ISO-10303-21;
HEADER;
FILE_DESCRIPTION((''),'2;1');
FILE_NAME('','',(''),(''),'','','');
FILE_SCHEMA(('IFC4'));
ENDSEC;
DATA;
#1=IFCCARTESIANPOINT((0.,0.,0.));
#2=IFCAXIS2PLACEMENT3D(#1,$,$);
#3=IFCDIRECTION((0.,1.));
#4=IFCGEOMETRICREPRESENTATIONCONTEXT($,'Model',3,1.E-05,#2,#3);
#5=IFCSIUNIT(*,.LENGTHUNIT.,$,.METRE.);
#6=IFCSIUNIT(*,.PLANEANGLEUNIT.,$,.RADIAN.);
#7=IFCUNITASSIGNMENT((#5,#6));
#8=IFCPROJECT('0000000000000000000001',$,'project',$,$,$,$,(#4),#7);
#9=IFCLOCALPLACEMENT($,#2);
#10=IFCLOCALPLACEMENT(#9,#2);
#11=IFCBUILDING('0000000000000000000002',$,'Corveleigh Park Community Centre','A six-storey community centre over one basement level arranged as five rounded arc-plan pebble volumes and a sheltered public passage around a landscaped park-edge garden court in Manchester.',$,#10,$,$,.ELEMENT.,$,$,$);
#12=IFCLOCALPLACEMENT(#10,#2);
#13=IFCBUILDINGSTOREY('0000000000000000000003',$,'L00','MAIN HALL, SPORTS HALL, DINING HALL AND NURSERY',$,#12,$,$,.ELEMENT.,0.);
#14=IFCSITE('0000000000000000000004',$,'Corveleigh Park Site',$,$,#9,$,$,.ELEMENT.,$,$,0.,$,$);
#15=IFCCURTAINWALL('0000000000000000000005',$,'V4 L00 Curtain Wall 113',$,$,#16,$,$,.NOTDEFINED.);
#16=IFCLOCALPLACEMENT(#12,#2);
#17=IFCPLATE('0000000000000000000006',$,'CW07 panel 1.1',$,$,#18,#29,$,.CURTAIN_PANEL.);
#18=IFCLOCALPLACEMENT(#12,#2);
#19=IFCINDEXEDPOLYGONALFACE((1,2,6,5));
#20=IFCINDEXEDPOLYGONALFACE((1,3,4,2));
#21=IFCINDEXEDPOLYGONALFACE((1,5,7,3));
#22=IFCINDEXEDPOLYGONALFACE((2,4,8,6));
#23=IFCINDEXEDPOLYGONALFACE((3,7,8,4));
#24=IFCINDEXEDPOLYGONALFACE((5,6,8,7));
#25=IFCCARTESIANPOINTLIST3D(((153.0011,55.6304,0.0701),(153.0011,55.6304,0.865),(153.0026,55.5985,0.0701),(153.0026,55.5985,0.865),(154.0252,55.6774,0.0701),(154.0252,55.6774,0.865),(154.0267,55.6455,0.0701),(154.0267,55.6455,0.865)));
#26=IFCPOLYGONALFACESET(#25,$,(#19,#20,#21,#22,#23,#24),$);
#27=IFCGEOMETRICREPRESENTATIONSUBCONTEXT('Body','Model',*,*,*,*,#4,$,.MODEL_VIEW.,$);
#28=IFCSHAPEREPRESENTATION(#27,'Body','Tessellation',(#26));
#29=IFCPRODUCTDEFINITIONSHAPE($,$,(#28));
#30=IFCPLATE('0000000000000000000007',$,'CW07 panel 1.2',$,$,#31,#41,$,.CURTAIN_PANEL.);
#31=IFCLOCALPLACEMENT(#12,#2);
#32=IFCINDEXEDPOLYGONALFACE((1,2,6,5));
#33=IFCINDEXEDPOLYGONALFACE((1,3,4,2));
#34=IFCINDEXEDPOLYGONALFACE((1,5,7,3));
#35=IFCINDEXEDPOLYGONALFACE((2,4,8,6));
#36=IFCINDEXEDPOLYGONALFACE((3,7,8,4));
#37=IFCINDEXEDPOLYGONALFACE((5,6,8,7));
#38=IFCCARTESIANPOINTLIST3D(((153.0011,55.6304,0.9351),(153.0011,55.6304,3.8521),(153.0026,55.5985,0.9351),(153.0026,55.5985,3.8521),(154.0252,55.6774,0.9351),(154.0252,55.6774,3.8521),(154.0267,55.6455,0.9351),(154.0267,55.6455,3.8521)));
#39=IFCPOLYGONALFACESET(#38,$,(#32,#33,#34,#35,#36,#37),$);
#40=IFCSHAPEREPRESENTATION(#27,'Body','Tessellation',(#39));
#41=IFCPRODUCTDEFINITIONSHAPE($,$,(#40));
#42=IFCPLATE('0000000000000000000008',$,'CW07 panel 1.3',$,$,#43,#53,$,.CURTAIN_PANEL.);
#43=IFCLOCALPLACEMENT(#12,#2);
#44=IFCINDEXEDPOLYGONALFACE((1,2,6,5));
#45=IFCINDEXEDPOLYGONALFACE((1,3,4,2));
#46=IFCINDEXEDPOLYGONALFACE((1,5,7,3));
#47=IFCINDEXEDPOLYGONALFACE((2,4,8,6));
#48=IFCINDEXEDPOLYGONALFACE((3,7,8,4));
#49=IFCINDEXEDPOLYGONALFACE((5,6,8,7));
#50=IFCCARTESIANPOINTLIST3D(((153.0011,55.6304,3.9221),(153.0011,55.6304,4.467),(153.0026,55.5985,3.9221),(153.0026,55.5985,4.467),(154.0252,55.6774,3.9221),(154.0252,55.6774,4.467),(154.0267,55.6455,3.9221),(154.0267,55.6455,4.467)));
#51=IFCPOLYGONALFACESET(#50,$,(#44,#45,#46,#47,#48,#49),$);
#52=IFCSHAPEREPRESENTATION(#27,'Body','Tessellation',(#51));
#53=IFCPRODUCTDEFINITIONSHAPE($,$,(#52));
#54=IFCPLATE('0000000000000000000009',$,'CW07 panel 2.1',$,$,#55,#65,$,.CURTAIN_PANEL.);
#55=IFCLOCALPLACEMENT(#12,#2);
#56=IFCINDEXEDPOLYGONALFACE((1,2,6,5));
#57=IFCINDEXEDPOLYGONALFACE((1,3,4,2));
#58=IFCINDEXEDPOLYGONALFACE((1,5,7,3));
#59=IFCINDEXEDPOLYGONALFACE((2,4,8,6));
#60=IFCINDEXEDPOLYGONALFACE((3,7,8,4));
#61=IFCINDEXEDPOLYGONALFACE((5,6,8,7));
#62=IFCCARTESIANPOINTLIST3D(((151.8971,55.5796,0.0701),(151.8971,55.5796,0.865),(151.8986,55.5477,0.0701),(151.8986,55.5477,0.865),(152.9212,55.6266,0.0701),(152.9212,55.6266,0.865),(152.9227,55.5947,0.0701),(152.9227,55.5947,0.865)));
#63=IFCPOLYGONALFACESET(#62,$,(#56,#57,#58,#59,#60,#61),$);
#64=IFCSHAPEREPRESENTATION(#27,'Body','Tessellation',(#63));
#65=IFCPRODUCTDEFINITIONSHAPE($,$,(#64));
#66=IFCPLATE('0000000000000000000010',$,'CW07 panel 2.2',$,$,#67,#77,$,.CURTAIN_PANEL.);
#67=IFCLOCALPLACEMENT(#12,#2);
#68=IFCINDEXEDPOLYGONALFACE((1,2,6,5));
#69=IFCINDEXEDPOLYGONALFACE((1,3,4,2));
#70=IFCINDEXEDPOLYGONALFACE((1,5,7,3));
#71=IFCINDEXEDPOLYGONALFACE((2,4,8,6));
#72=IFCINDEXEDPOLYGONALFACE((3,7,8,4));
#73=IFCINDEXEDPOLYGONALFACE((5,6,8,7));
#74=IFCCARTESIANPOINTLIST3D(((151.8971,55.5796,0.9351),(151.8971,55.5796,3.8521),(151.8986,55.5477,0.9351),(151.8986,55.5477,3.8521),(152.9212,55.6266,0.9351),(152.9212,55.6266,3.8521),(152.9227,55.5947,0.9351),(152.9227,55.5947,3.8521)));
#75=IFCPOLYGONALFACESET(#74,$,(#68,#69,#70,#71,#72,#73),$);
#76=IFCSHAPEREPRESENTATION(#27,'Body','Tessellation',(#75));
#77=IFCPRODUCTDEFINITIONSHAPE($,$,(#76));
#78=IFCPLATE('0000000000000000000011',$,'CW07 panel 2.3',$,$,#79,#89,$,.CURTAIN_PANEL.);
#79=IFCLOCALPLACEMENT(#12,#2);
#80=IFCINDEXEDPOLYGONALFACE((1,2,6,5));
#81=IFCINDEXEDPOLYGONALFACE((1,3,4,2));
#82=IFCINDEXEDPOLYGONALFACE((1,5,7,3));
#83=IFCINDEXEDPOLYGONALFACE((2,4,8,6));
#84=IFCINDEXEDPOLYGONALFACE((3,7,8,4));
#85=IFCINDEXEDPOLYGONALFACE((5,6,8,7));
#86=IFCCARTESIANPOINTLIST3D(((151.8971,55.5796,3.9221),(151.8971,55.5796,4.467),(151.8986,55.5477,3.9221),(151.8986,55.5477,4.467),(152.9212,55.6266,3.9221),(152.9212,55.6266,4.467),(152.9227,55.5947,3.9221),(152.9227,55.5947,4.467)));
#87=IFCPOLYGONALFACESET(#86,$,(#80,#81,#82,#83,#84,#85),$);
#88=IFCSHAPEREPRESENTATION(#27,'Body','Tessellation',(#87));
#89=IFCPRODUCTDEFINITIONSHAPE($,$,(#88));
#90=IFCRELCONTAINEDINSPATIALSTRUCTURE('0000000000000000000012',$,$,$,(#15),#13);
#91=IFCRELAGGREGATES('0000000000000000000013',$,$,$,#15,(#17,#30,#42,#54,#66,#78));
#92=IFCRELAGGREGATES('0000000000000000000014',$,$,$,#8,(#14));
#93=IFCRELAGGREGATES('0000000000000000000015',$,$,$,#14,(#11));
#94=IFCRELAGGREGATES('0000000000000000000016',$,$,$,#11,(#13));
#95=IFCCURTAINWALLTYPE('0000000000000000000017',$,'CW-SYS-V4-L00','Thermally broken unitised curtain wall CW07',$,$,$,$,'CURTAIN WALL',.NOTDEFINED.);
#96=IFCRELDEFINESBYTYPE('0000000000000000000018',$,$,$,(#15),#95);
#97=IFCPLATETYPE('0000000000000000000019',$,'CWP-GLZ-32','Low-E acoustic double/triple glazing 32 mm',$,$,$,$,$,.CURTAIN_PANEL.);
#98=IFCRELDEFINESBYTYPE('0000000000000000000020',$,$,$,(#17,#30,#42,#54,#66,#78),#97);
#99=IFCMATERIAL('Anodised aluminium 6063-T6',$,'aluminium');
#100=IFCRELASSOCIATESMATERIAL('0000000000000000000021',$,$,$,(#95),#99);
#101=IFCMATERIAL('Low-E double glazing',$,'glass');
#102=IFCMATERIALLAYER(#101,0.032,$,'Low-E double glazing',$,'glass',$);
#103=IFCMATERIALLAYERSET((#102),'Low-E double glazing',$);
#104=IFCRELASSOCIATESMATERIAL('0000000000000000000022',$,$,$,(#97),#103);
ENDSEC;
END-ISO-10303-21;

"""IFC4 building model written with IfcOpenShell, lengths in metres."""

from ifc_helpers import new_model, si_unit, direction, frame, origin, origin_2d, place, context, subcontext, project, spatial, rectangle, extrude, material, layer, layer_set, type_object, element, aggregate, save


model = new_model("IFC4")

# Units and contexts
model_context = context("Model", 3, precision=1e-05, world=origin(), true_north=direction((0.0, 1.0)))
body_context = subcontext(model_context, "Body", "Model", "MODEL_VIEW")
ifc_project = project(units=[si_unit("LENGTHUNIT", "METRE"), si_unit("PLANEANGLEUNIT", "RADIAN")], contexts=[model_context])

# Site, building, storey
site_placement = place(None, origin())
site = spatial("IfcSite", under=ifc_project, at=site_placement, Name="Corveleigh Park Site", CompositionType="ELEMENT", RefElevation=0.0)
building_placement = place(site_placement, origin())
building = spatial("IfcBuilding", under=site, at=building_placement, Name="Corveleigh Park Community Centre", Description="A six-storey community centre over one basement level arranged as five rounded arc-plan pebble volumes and a sheltered public passage around a landscaped park-edge garden court in Manchester.", CompositionType="ELEMENT")
storey_placement = place(building_placement, origin())
storey = spatial("IfcBuildingStorey", under=building, at=storey_placement, Name="L00", Description="MAIN HALL, SPORTS HALL, DINING HALL AND NURSERY", CompositionType="ELEMENT", Elevation=0.0)

# Curtain wall
ifc_material_1 = material(Name="Anodised aluminium 6063-T6", Category="aluminium")
curtain_wall_type = type_object("IfcCurtainWallType", Name="CW-SYS-V4-L00", Description="Thermally broken unitised curtain wall CW07", ElementType="CURTAIN WALL", PredefinedType="NOTDEFINED", material=ifc_material_1)
curtain_wall_1_placement = place(storey_placement, origin())
curtain_wall_1 = element("IfcCurtainWall", 1, at=curtain_wall_1_placement, inside=storey, type_object=curtain_wall_type, Name="V4 L00 Curtain Wall 113", PredefinedType="NOTDEFINED")

# Plates
ifc_material_2 = material(Name="Low-E double glazing", Category="glass")
ifc_layer_1 = layer(ifc_material_2, 0.032, Name="Low-E double glazing", Category="glass")
ifc_layer_set_1 = layer_set([ifc_layer_1], Name="Low-E double glazing")
plate_type_1 = type_object("IfcPlateType", Name="CWP-GLZ-32", Description="Low-E acoustic double/triple glazing 32 mm", PredefinedType="CURTAIN_PANEL", material=ifc_layer_set_1)
plate_1_placement = place(storey_placement, frame((153.5139, 55.6379, 0.0701), z_axis=(0.0, 0.0, 1.0), x_axis=(-0.998949, -0.045843, 0.0)))
plate_1 = element("IfcPlate", 2, at=plate_1_placement, type_object=plate_type_1, Name="CW07 panel 1.1", PredefinedType="CURTAIN_PANEL", context=body_context, shape_type="SweptSolid", body=[
    extrude(rectangle(XDim=1.0251, YDim=0.032, at=origin_2d()), origin(), (0.0, 0.0, 1.0), 0.7949),
])
plate_2_placement = place(storey_placement, frame((153.5139, 55.6379, 0.9351), z_axis=(0.0, 0.0, 1.0), x_axis=(-0.998949, -0.045843, 0.0)))
plate_2 = element("IfcPlate", 3, at=plate_2_placement, type_object=plate_type_1, Name="CW07 panel 1.2", PredefinedType="CURTAIN_PANEL", context=body_context, shape_type="SweptSolid", body=[
    extrude(rectangle(XDim=1.0251, YDim=0.032, at=origin_2d()), origin(), (0.0, 0.0, 1.0), 2.917),
])
plate_3_placement = place(storey_placement, frame((153.5139, 55.6379, 3.9221), z_axis=(0.0, 0.0, 1.0), x_axis=(-0.998949, -0.045843, 0.0)))
plate_3 = element("IfcPlate", 4, at=plate_3_placement, type_object=plate_type_1, Name="CW07 panel 1.3", PredefinedType="CURTAIN_PANEL", context=body_context, shape_type="SweptSolid", body=[
    extrude(rectangle(XDim=1.0251, YDim=0.032, at=origin_2d()), origin(), (0.0, 0.0, 1.0), 0.5449),
])
plate_4_placement = place(storey_placement, frame((152.4099, 55.5872, 0.0701), z_axis=(0.0, 0.0, 1.0), x_axis=(-0.998949, -0.045843, 0.0)))
plate_4 = element("IfcPlate", 5, at=plate_4_placement, type_object=plate_type_1, Name="CW07 panel 2.1", PredefinedType="CURTAIN_PANEL", context=body_context, shape_type="SweptSolid", body=[
    extrude(rectangle(XDim=1.0251, YDim=0.032, at=origin_2d()), origin(), (0.0, 0.0, 1.0), 0.7949),
])
plate_5_placement = place(storey_placement, frame((152.4099, 55.5872, 0.9351), z_axis=(0.0, 0.0, 1.0), x_axis=(-0.998949, -0.045843, 0.0)))
plate_5 = element("IfcPlate", 6, at=plate_5_placement, type_object=plate_type_1, Name="CW07 panel 2.2", PredefinedType="CURTAIN_PANEL", context=body_context, shape_type="SweptSolid", body=[
    extrude(rectangle(XDim=1.0251, YDim=0.032, at=origin_2d()), origin(), (0.0, 0.0, 1.0), 2.917),
])
plate_6_placement = place(storey_placement, frame((152.4099, 55.5872, 3.9221), z_axis=(0.0, 0.0, 1.0), x_axis=(-0.998949, -0.045843, 0.0)))
plate_6 = element("IfcPlate", 7, at=plate_6_placement, type_object=plate_type_1, Name="CW07 panel 2.3", PredefinedType="CURTAIN_PANEL", context=body_context, shape_type="SweptSolid", body=[
    extrude(rectangle(XDim=1.0251, YDim=0.032, at=origin_2d()), origin(), (0.0, 0.0, 1.0), 0.5449),
])
aggregate(curtain_wall_1, [plate_1, plate_2, plate_3, plate_4, plate_5, plate_6])

save(model, "model.ifc")
